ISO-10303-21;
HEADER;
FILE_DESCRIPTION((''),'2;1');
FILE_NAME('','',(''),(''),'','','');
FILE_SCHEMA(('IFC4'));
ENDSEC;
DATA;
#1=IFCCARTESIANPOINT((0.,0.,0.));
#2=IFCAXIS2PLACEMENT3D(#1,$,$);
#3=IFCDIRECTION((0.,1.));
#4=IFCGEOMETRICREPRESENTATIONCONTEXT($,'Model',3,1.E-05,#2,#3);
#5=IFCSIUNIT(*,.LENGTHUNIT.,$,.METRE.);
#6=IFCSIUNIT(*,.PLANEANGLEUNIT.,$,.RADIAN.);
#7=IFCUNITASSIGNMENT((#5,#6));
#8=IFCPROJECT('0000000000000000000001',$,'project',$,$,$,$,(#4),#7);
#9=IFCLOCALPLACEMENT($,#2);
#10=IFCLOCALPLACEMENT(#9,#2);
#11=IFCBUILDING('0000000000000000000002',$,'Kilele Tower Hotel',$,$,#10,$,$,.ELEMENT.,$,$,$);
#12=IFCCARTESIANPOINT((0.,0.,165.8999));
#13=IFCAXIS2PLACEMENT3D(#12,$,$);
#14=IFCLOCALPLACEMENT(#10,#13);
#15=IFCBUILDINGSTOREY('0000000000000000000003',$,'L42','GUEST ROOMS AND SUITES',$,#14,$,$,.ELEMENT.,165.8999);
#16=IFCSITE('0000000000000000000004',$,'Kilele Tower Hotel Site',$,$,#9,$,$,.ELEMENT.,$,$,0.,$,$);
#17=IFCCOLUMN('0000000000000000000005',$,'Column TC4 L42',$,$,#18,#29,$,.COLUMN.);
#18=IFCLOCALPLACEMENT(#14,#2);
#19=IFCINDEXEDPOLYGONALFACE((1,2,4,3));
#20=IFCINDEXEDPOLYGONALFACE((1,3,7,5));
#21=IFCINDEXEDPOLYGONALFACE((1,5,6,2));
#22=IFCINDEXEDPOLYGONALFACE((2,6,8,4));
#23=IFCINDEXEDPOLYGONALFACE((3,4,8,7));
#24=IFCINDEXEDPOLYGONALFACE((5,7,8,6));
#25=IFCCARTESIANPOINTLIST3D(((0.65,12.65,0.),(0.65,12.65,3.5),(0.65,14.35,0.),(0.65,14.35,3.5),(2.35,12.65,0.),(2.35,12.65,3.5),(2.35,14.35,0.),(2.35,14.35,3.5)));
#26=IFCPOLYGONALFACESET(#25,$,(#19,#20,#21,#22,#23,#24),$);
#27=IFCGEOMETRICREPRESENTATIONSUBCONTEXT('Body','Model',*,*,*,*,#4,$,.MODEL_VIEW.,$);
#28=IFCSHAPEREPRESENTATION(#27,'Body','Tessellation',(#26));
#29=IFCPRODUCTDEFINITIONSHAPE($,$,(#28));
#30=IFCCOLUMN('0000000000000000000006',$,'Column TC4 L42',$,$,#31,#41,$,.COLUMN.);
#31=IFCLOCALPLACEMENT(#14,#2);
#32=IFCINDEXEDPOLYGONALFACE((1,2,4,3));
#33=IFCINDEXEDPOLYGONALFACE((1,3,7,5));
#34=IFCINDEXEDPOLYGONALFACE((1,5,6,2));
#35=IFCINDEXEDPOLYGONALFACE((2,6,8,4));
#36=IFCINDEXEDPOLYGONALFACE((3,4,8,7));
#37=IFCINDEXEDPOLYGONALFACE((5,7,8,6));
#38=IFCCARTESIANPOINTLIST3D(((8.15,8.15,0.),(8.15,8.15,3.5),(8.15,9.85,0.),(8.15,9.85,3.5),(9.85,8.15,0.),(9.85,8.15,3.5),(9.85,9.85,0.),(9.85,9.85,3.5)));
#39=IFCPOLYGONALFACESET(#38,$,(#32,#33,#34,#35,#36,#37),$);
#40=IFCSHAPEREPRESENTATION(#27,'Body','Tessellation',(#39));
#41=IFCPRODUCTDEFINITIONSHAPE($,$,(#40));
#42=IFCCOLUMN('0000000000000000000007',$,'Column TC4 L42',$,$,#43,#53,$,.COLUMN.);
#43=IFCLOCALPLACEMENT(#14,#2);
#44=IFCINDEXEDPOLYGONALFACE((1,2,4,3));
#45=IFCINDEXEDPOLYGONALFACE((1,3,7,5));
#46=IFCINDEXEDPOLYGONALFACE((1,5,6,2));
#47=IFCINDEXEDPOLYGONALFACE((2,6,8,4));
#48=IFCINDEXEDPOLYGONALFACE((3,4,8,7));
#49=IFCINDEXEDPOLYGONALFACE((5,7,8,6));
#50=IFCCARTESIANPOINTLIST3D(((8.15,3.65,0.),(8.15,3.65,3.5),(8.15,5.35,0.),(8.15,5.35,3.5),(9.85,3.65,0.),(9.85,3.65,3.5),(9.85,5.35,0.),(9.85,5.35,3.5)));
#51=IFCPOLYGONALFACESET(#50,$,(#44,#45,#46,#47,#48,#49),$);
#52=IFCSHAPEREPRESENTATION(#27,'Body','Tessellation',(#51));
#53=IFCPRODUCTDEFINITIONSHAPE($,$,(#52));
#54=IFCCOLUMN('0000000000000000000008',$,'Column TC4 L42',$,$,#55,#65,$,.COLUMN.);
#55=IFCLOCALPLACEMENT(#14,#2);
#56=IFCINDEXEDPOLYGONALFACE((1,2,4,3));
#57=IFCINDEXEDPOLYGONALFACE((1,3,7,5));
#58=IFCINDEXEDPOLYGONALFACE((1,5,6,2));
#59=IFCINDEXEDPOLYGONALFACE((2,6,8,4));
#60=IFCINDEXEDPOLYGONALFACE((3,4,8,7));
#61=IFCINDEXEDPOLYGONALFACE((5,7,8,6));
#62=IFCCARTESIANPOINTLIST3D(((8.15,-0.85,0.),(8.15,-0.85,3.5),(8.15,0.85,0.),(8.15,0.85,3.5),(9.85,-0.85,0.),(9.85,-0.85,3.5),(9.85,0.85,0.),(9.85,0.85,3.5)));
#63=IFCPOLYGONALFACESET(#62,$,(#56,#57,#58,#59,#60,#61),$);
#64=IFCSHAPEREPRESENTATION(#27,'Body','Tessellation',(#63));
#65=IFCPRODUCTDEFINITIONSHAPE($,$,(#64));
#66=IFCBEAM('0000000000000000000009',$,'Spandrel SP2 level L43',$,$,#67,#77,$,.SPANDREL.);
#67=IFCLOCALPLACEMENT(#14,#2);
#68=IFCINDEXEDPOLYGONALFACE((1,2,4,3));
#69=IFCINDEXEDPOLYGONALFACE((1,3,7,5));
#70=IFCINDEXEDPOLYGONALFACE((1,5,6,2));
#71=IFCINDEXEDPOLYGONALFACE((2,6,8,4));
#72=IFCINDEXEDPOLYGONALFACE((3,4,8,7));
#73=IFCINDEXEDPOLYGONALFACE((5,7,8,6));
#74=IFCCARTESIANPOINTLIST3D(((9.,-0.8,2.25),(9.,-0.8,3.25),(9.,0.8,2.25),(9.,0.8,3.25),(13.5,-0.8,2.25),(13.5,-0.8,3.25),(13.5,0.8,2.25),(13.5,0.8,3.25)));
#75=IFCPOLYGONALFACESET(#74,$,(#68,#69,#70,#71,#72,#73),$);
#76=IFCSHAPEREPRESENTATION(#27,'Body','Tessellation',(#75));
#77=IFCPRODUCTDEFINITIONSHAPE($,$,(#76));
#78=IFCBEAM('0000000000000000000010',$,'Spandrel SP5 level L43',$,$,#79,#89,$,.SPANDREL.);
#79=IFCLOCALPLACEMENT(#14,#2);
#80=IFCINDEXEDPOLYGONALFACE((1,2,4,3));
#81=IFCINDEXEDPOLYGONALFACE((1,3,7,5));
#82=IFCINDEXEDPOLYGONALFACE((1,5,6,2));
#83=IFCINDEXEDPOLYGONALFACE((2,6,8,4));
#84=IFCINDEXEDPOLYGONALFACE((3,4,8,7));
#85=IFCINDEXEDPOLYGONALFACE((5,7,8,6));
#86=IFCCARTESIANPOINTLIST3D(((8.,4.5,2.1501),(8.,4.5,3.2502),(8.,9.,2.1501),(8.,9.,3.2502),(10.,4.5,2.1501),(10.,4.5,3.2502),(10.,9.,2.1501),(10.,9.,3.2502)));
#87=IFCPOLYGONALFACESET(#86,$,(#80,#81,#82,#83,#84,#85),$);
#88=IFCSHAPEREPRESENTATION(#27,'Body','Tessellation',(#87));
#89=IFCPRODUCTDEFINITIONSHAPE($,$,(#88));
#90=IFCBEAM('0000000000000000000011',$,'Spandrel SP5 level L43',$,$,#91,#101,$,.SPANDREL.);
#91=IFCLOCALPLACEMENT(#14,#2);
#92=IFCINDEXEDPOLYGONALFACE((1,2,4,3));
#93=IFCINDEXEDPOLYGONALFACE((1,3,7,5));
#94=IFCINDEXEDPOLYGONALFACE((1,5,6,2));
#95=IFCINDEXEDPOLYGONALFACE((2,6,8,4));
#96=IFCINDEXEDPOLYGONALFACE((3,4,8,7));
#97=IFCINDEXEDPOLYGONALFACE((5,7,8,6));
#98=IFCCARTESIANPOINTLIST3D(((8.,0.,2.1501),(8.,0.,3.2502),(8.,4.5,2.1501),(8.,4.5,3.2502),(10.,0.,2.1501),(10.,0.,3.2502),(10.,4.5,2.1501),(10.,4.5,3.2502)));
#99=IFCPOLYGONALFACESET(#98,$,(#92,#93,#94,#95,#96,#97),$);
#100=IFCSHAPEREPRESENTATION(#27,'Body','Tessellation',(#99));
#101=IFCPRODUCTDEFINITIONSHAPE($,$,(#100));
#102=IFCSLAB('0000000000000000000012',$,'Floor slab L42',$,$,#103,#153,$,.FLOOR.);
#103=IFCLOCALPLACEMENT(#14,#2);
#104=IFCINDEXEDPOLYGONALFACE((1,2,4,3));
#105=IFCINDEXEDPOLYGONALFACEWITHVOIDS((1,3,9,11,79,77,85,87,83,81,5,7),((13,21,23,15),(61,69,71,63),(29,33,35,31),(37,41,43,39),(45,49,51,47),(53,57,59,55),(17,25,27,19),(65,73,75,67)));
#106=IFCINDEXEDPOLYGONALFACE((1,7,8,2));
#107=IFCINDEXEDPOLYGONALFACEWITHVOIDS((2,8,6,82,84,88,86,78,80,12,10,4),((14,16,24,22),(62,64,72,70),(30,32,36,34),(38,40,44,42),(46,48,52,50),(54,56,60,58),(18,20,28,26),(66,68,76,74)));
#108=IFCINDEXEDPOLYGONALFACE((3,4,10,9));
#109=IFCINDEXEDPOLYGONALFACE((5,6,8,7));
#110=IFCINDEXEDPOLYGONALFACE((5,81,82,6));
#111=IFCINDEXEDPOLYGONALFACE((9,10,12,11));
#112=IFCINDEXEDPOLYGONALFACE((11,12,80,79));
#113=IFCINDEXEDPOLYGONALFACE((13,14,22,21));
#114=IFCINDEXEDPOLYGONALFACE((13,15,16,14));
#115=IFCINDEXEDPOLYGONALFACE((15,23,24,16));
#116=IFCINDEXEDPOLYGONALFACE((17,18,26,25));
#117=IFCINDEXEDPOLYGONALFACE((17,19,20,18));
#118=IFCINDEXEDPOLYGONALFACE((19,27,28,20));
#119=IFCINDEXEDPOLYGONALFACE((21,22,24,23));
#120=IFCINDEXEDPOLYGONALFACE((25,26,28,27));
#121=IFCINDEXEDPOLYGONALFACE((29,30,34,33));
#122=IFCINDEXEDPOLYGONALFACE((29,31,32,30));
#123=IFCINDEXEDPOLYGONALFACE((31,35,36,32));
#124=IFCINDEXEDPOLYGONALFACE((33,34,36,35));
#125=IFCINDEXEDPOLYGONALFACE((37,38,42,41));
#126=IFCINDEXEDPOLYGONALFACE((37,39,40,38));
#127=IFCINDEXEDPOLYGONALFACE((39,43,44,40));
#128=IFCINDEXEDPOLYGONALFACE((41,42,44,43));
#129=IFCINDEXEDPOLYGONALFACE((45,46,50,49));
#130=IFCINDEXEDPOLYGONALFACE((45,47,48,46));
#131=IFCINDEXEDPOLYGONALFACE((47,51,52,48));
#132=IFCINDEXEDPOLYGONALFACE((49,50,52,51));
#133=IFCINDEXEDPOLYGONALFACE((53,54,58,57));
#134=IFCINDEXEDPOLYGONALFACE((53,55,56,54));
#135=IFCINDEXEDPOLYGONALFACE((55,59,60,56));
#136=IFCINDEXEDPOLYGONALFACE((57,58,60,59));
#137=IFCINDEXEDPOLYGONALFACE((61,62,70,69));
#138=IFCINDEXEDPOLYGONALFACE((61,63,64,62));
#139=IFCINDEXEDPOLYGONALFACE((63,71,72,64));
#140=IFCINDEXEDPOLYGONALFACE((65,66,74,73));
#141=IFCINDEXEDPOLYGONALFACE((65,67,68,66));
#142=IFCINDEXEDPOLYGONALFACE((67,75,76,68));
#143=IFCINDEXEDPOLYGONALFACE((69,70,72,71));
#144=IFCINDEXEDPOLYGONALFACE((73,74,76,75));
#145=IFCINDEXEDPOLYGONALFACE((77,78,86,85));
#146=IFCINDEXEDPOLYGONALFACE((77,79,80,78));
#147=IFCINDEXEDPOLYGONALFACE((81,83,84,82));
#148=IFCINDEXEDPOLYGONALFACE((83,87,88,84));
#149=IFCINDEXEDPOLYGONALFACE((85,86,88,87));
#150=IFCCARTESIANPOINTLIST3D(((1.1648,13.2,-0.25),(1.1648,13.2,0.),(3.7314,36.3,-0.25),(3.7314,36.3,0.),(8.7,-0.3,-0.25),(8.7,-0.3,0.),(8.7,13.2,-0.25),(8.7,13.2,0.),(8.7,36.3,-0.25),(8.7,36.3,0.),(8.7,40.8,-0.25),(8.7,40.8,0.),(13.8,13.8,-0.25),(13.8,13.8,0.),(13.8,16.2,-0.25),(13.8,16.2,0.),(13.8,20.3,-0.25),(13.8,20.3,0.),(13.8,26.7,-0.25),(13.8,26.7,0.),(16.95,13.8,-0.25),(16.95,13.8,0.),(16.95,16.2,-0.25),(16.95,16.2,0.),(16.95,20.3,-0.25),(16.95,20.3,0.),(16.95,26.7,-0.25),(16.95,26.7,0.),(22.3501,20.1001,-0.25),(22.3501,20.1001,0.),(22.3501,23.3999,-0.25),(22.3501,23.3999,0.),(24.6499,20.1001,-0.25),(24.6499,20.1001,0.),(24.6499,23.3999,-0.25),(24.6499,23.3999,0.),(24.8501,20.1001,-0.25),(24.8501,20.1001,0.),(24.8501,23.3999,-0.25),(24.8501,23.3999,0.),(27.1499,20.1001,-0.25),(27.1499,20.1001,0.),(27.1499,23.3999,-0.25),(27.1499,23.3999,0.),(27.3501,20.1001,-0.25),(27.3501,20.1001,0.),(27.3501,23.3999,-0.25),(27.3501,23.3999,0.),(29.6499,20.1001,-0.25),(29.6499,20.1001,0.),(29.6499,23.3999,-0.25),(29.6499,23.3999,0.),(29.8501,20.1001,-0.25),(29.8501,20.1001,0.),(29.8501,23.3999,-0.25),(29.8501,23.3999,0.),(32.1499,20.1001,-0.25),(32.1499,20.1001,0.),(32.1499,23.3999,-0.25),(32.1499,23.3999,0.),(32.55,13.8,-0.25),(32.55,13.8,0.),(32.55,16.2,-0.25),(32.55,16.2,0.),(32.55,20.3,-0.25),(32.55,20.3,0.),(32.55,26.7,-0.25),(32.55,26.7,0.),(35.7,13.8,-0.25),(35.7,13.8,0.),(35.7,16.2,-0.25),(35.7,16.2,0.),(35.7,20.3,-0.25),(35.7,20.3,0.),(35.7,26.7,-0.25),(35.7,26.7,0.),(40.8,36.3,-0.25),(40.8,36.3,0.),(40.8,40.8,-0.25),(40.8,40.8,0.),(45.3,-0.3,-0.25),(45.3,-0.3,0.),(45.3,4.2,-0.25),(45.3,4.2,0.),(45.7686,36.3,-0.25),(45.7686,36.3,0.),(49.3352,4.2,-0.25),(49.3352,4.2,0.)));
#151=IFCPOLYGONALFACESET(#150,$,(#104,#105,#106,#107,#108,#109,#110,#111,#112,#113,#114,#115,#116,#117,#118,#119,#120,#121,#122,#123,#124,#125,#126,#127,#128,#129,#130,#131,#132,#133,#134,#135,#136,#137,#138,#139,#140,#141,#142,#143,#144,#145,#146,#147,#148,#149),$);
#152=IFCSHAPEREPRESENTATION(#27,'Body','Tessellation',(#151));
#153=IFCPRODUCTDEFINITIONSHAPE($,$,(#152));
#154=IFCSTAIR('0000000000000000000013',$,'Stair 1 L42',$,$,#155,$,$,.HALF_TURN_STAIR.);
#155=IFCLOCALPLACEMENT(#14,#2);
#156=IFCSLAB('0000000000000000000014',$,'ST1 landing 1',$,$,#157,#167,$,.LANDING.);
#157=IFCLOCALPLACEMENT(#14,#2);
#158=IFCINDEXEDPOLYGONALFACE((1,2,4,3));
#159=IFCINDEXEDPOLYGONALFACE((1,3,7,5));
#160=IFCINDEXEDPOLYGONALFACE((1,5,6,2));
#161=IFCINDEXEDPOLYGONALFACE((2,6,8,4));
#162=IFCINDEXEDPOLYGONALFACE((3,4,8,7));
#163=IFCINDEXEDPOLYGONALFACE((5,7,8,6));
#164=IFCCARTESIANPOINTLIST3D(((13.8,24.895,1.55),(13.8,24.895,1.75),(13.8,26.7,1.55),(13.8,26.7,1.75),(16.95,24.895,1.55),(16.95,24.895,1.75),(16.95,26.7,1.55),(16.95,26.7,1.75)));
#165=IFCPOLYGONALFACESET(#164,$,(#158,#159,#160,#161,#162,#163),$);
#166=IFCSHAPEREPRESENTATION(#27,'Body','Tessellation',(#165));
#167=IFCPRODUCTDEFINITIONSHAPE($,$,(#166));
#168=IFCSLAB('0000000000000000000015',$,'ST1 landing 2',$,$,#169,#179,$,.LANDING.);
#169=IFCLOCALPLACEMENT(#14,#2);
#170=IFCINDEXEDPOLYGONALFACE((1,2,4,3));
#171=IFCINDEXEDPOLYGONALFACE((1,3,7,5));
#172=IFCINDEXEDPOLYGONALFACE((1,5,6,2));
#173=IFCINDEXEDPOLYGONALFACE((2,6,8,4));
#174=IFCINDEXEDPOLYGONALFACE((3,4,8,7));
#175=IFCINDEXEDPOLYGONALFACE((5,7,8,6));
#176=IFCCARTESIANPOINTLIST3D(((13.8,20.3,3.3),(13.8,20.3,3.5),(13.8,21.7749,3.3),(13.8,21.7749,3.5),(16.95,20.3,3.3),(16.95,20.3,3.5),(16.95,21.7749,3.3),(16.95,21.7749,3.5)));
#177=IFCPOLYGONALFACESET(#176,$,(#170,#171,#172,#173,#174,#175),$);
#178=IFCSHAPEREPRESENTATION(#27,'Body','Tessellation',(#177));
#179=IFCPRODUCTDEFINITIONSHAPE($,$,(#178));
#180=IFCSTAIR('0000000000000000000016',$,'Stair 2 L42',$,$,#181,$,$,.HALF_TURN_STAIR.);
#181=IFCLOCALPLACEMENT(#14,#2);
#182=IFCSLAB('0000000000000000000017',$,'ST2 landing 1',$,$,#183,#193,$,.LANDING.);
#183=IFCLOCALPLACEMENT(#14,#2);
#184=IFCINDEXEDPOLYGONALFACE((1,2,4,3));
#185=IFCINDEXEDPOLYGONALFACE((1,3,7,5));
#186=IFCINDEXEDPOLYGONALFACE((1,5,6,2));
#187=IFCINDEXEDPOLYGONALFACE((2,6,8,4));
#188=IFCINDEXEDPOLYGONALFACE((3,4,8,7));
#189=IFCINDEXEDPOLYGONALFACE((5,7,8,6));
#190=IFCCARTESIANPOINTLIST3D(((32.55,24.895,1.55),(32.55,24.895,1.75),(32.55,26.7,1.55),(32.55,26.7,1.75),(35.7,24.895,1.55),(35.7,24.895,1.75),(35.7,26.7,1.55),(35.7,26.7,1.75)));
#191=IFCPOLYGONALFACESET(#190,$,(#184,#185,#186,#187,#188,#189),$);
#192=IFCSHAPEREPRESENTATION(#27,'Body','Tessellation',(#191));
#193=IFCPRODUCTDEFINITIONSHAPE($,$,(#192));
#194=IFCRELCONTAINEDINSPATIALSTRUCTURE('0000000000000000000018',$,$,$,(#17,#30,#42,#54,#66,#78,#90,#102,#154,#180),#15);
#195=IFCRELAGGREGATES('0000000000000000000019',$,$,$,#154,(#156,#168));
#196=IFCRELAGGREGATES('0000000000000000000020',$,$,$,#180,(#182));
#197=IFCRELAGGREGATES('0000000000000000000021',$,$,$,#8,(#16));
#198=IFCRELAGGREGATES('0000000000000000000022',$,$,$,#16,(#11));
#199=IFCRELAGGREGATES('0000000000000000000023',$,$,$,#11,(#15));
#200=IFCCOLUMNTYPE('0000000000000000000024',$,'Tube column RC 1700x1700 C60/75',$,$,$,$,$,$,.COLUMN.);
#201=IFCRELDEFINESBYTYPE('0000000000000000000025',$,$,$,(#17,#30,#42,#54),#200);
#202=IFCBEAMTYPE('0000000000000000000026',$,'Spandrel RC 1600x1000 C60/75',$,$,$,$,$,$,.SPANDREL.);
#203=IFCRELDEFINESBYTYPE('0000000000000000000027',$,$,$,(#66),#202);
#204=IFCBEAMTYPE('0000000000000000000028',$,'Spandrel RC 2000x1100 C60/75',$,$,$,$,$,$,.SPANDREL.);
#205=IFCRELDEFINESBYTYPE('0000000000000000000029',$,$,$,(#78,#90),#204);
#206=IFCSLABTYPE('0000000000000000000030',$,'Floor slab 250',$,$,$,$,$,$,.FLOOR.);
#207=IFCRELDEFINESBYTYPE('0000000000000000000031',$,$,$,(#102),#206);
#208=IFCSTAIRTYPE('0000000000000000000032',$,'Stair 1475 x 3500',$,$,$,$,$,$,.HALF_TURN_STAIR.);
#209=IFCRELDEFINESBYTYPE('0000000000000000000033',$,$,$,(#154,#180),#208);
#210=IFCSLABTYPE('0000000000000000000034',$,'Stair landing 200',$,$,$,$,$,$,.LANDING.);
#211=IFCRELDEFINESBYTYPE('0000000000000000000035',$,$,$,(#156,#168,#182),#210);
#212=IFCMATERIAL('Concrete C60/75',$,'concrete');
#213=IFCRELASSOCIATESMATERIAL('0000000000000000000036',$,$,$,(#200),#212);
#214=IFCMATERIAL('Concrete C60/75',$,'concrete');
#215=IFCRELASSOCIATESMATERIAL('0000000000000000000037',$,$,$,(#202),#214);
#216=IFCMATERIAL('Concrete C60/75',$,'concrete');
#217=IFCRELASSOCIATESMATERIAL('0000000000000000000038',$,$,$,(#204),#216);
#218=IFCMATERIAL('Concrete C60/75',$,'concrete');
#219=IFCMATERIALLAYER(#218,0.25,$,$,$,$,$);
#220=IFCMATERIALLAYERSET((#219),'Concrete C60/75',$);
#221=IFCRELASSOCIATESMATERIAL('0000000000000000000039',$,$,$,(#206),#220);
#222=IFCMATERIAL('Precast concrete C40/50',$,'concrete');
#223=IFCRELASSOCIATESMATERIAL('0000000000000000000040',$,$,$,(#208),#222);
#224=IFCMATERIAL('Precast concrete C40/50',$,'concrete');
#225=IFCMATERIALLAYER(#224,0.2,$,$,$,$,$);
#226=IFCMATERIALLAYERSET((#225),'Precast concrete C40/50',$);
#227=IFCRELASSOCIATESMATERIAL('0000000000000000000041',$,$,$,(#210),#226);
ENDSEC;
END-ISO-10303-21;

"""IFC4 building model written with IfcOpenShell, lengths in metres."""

from ifc_helpers import new_model, si_unit, direction, frame, origin, origin_2d, place, context, subcontext, project, spatial, polyline, rectangle, outline, extrude, material, layer, layer_set, material_profile, profile_set, type_object, element, aggregate, save


model = new_model("IFC4")

# Units and contexts
model_context = context("Model", 3, precision=1e-05, world=origin(), true_north=direction((0.0, 1.0)))
body_context = subcontext(model_context, "Body", "Model", "MODEL_VIEW")
ifc_project = project(units=[si_unit("LENGTHUNIT", "METRE"), si_unit("PLANEANGLEUNIT", "RADIAN")], contexts=[model_context])

# Site, building, storey
site_placement = place(None, origin())
site = spatial("IfcSite", under=ifc_project, at=site_placement, Name="Kilele Tower Hotel Site", CompositionType="ELEMENT", RefElevation=0.0)
building_placement = place(site_placement, origin())
building = spatial("IfcBuilding", under=site, at=building_placement, Name="Kilele Tower Hotel", CompositionType="ELEMENT")
storey_placement = place(building_placement, frame((0.0, 0.0, 165.8999)))
storey = spatial("IfcBuildingStorey", under=building, at=storey_placement, Name="L42", Description="GUEST ROOMS AND SUITES", CompositionType="ELEMENT", Elevation=165.8999)

# Columns
ifc_material_1 = material(Name="Concrete C60/75", Category="concrete")
ifc_material_profile_1 = material_profile(ifc_material_1, rectangle(XDim=1.7, YDim=1.7, at=origin_2d()))
ifc_profile_set_1 = profile_set([ifc_material_profile_1], Name="Concrete C60/75")
column_type = type_object("IfcColumnType", Name="Tube column RC 1700x1700 C60/75", PredefinedType="COLUMN", material=ifc_profile_set_1)
for number, where, z_axis, x_axis, name in (
    (1, (1.5, 13.5, 0.0), (0.0, 0.0, 1.0), (1.0, 0.0, 0.0), "Column TC4 L42"),
    (2, (9.0, 9.0, 0.0), (0.0, 0.0, 1.0), (1.0, 0.0, 0.0), "Column TC4 L42"),
    (3, (9.0, 4.5, 0.0), (0.0, 0.0, 1.0), (1.0, 0.0, 0.0), "Column TC4 L42"),
    (4, (9.0, 0.0, 0.0), (0.0, 0.0, 1.0), (1.0, 0.0, 0.0), "Column TC4 L42"),
):
    element("IfcColumn", number, at=place(storey_placement, frame(where, z_axis=z_axis, x_axis=x_axis)), inside=storey, type_object=column_type, Name=name, PredefinedType="COLUMN", context=body_context, shape_type="SweptSolid", body=[
        extrude(rectangle(XDim=1.7, YDim=1.7, at=origin_2d()), origin(), (0.0, 0.0, 1.0), 3.5),
    ])

# Beams
ifc_material_2 = material(Name="Concrete C60/75", Category="concrete")
ifc_material_profile_2 = material_profile(ifc_material_2, rectangle(XDim=1.6001, YDim=1.0, at=origin_2d()))
ifc_profile_set_2 = profile_set([ifc_material_profile_2], Name="Concrete C60/75")
beam_type_1 = type_object("IfcBeamType", Name="Spandrel RC 1600x1000 C60/75", PredefinedType="SPANDREL", material=ifc_profile_set_2)
beam_placement = place(storey_placement, frame((9.0, 0.0, 2.75), z_axis=(1.0, 0.0, 0.0), x_axis=(0.0, 1.0, 0.0)))
element("IfcBeam", 5, at=beam_placement, inside=storey, type_object=beam_type_1, Name="Spandrel SP2 level L43", PredefinedType="SPANDREL", context=body_context, shape_type="SweptSolid", body=[
    extrude(rectangle(XDim=1.6001, YDim=1.0, at=origin_2d()), origin(), (0.0, 0.0, 1.0), 4.5),
])
ifc_material_3 = material(Name="Concrete C60/75", Category="concrete")
ifc_material_profile_3 = material_profile(ifc_material_3, rectangle(XDim=2.0, YDim=1.1001, at=origin_2d()))
ifc_profile_set_3 = profile_set([ifc_material_profile_3], Name="Concrete C60/75")
beam_type_2 = type_object("IfcBeamType", Name="Spandrel RC 2000x1100 C60/75", PredefinedType="SPANDREL", material=ifc_profile_set_3)
for number, where, z_axis, x_axis, name in (
    (6, (9.0, 9.0, 2.7002), (0.0, -1.0, 0.0), (1.0, 0.0, 0.0), "Spandrel SP5 level L43"),
    (7, (9.0, 4.5, 2.7002), (0.0, -1.0, 0.0), (1.0, 0.0, 0.0), "Spandrel SP5 level L43"),
):
    element("IfcBeam", number, at=place(storey_placement, frame(where, z_axis=z_axis, x_axis=x_axis)), inside=storey, type_object=beam_type_2, Name=name, PredefinedType="SPANDREL", context=body_context, shape_type="SweptSolid", body=[
        extrude(rectangle(XDim=2.0, YDim=1.1001, at=origin_2d()), origin(), (0.0, 0.0, 1.0), 4.5),
    ])

# Slab
ifc_material_4 = material(Name="Concrete C60/75", Category="concrete")
ifc_layer_1 = layer(ifc_material_4, 0.25)
ifc_layer_set_1 = layer_set([ifc_layer_1], Name="Concrete C60/75")
slab_type_1 = type_object("IfcSlabType", Name="Floor slab 250", PredefinedType="FLOOR", material=ifc_layer_set_1)
slab_1_placement = place(storey_placement, frame((0.0, 0.0, -0.25)))
element("IfcSlab", 8, at=slab_1_placement, inside=storey, type_object=slab_type_1, Name="Floor slab L42", PredefinedType="FLOOR", context=body_context, shape_type="SweptSolid", body=[
    extrude(outline(polyline([(8.7, 36.3), (8.7, 40.8), (40.8, 40.8), (40.8, 36.3), (45.7686, 36.3), (49.3352, 4.2), (45.3, 4.2), (45.3, -0.3), (8.7, -0.3), (8.7, 13.2), (1.1648, 13.2), (3.7314, 36.3), (8.7, 36.3)]), holes=[polyline([(16.95, 16.2), (13.8, 16.2), (13.8, 13.8), (16.95, 13.8), (16.95, 16.2)]), polyline([(35.7, 16.2), (32.55, 16.2), (32.55, 13.8), (35.7, 13.8), (35.7, 16.2)]), polyline([(24.6499, 23.3999), (22.3501, 23.3999), (22.3501, 20.1001), (24.6499, 20.1001), (24.6499, 23.3999)]), polyline([(27.1499, 23.3999), (24.8501, 23.3999), (24.8501, 20.1001), (27.1499, 20.1001), (27.1499, 23.3999)]), polyline([(29.6499, 23.3999), (27.3501, 23.3999), (27.3501, 20.1001), (29.6499, 20.1001), (29.6499, 23.3999)]), polyline([(32.1499, 23.3999), (29.8501, 23.3999), (29.8501, 20.1001), (32.1499, 20.1001), (32.1499, 23.3999)]), polyline([(16.95, 26.7), (13.8, 26.7), (13.8, 20.3), (16.95, 20.3), (16.95, 26.7)]), polyline([(35.7, 26.7), (32.55, 26.7), (32.55, 20.3), (35.7, 20.3), (35.7, 26.7)])]), origin(), (0.0, 0.0, 1.0), 0.25),
])

# Stairs, slabs
ifc_material_5 = material(Name="Precast concrete C40/50", Category="concrete")
stair_type = type_object("IfcStairType", Name="Stair 1475 x 3500", PredefinedType="HALF_TURN_STAIR", material=ifc_material_5)
stair_1_placement = place(storey_placement, origin())
stair_1 = element("IfcStair", 9, at=stair_1_placement, inside=storey, type_object=stair_type, Name="Stair 1 L42", PredefinedType="HALF_TURN_STAIR")
ifc_material_6 = material(Name="Precast concrete C40/50", Category="concrete")
ifc_layer_2 = layer(ifc_material_6, 0.2)
ifc_layer_set_2 = layer_set([ifc_layer_2], Name="Precast concrete C40/50")
slab_type_2 = type_object("IfcSlabType", Name="Stair landing 200", PredefinedType="LANDING", material=ifc_layer_set_2)
slab_2_placement = place(storey_placement, frame((0.0, 0.0, 1.55)))
slab_2 = element("IfcSlab", 10, at=slab_2_placement, type_object=slab_type_2, Name="ST1 landing 1", PredefinedType="LANDING", context=body_context, shape_type="SweptSolid", body=[
    extrude(outline(polyline([(13.8, 24.895), (16.95, 24.895), (16.95, 26.7), (13.8, 26.7), (13.8, 24.895)])), origin(), (0.0, 0.0, 1.0), 0.2),
])
slab_3_placement = place(storey_placement, frame((0.0, 0.0, 3.3)))
slab_3 = element("IfcSlab", 11, at=slab_3_placement, type_object=slab_type_2, Name="ST1 landing 2", PredefinedType="LANDING", context=body_context, shape_type="SweptSolid", body=[
    extrude(outline(polyline([(13.8, 20.3), (16.95, 20.3), (16.95, 21.7749), (13.8, 21.7749), (13.8, 20.3)])), origin(), (0.0, 0.0, 1.0), 0.2),
])
aggregate(stair_1, [slab_2, slab_3])
stair_2_placement = place(storey_placement, origin())
stair_2 = element("IfcStair", 12, at=stair_2_placement, inside=storey, type_object=stair_type, Name="Stair 2 L42", PredefinedType="HALF_TURN_STAIR")
slab_4_placement = place(storey_placement, frame((0.0, 0.0, 1.55)))
slab_4 = element("IfcSlab", 13, at=slab_4_placement, type_object=slab_type_2, Name="ST2 landing 1", PredefinedType="LANDING", context=body_context, shape_type="SweptSolid", body=[
    extrude(outline(polyline([(32.55, 24.895), (35.7, 24.895), (35.7, 26.7), (32.55, 26.7), (32.55, 24.895)])), origin(), (0.0, 0.0, 1.0), 0.2),
])
aggregate(stair_2, [slab_4])

save(model, "model.ifc")
